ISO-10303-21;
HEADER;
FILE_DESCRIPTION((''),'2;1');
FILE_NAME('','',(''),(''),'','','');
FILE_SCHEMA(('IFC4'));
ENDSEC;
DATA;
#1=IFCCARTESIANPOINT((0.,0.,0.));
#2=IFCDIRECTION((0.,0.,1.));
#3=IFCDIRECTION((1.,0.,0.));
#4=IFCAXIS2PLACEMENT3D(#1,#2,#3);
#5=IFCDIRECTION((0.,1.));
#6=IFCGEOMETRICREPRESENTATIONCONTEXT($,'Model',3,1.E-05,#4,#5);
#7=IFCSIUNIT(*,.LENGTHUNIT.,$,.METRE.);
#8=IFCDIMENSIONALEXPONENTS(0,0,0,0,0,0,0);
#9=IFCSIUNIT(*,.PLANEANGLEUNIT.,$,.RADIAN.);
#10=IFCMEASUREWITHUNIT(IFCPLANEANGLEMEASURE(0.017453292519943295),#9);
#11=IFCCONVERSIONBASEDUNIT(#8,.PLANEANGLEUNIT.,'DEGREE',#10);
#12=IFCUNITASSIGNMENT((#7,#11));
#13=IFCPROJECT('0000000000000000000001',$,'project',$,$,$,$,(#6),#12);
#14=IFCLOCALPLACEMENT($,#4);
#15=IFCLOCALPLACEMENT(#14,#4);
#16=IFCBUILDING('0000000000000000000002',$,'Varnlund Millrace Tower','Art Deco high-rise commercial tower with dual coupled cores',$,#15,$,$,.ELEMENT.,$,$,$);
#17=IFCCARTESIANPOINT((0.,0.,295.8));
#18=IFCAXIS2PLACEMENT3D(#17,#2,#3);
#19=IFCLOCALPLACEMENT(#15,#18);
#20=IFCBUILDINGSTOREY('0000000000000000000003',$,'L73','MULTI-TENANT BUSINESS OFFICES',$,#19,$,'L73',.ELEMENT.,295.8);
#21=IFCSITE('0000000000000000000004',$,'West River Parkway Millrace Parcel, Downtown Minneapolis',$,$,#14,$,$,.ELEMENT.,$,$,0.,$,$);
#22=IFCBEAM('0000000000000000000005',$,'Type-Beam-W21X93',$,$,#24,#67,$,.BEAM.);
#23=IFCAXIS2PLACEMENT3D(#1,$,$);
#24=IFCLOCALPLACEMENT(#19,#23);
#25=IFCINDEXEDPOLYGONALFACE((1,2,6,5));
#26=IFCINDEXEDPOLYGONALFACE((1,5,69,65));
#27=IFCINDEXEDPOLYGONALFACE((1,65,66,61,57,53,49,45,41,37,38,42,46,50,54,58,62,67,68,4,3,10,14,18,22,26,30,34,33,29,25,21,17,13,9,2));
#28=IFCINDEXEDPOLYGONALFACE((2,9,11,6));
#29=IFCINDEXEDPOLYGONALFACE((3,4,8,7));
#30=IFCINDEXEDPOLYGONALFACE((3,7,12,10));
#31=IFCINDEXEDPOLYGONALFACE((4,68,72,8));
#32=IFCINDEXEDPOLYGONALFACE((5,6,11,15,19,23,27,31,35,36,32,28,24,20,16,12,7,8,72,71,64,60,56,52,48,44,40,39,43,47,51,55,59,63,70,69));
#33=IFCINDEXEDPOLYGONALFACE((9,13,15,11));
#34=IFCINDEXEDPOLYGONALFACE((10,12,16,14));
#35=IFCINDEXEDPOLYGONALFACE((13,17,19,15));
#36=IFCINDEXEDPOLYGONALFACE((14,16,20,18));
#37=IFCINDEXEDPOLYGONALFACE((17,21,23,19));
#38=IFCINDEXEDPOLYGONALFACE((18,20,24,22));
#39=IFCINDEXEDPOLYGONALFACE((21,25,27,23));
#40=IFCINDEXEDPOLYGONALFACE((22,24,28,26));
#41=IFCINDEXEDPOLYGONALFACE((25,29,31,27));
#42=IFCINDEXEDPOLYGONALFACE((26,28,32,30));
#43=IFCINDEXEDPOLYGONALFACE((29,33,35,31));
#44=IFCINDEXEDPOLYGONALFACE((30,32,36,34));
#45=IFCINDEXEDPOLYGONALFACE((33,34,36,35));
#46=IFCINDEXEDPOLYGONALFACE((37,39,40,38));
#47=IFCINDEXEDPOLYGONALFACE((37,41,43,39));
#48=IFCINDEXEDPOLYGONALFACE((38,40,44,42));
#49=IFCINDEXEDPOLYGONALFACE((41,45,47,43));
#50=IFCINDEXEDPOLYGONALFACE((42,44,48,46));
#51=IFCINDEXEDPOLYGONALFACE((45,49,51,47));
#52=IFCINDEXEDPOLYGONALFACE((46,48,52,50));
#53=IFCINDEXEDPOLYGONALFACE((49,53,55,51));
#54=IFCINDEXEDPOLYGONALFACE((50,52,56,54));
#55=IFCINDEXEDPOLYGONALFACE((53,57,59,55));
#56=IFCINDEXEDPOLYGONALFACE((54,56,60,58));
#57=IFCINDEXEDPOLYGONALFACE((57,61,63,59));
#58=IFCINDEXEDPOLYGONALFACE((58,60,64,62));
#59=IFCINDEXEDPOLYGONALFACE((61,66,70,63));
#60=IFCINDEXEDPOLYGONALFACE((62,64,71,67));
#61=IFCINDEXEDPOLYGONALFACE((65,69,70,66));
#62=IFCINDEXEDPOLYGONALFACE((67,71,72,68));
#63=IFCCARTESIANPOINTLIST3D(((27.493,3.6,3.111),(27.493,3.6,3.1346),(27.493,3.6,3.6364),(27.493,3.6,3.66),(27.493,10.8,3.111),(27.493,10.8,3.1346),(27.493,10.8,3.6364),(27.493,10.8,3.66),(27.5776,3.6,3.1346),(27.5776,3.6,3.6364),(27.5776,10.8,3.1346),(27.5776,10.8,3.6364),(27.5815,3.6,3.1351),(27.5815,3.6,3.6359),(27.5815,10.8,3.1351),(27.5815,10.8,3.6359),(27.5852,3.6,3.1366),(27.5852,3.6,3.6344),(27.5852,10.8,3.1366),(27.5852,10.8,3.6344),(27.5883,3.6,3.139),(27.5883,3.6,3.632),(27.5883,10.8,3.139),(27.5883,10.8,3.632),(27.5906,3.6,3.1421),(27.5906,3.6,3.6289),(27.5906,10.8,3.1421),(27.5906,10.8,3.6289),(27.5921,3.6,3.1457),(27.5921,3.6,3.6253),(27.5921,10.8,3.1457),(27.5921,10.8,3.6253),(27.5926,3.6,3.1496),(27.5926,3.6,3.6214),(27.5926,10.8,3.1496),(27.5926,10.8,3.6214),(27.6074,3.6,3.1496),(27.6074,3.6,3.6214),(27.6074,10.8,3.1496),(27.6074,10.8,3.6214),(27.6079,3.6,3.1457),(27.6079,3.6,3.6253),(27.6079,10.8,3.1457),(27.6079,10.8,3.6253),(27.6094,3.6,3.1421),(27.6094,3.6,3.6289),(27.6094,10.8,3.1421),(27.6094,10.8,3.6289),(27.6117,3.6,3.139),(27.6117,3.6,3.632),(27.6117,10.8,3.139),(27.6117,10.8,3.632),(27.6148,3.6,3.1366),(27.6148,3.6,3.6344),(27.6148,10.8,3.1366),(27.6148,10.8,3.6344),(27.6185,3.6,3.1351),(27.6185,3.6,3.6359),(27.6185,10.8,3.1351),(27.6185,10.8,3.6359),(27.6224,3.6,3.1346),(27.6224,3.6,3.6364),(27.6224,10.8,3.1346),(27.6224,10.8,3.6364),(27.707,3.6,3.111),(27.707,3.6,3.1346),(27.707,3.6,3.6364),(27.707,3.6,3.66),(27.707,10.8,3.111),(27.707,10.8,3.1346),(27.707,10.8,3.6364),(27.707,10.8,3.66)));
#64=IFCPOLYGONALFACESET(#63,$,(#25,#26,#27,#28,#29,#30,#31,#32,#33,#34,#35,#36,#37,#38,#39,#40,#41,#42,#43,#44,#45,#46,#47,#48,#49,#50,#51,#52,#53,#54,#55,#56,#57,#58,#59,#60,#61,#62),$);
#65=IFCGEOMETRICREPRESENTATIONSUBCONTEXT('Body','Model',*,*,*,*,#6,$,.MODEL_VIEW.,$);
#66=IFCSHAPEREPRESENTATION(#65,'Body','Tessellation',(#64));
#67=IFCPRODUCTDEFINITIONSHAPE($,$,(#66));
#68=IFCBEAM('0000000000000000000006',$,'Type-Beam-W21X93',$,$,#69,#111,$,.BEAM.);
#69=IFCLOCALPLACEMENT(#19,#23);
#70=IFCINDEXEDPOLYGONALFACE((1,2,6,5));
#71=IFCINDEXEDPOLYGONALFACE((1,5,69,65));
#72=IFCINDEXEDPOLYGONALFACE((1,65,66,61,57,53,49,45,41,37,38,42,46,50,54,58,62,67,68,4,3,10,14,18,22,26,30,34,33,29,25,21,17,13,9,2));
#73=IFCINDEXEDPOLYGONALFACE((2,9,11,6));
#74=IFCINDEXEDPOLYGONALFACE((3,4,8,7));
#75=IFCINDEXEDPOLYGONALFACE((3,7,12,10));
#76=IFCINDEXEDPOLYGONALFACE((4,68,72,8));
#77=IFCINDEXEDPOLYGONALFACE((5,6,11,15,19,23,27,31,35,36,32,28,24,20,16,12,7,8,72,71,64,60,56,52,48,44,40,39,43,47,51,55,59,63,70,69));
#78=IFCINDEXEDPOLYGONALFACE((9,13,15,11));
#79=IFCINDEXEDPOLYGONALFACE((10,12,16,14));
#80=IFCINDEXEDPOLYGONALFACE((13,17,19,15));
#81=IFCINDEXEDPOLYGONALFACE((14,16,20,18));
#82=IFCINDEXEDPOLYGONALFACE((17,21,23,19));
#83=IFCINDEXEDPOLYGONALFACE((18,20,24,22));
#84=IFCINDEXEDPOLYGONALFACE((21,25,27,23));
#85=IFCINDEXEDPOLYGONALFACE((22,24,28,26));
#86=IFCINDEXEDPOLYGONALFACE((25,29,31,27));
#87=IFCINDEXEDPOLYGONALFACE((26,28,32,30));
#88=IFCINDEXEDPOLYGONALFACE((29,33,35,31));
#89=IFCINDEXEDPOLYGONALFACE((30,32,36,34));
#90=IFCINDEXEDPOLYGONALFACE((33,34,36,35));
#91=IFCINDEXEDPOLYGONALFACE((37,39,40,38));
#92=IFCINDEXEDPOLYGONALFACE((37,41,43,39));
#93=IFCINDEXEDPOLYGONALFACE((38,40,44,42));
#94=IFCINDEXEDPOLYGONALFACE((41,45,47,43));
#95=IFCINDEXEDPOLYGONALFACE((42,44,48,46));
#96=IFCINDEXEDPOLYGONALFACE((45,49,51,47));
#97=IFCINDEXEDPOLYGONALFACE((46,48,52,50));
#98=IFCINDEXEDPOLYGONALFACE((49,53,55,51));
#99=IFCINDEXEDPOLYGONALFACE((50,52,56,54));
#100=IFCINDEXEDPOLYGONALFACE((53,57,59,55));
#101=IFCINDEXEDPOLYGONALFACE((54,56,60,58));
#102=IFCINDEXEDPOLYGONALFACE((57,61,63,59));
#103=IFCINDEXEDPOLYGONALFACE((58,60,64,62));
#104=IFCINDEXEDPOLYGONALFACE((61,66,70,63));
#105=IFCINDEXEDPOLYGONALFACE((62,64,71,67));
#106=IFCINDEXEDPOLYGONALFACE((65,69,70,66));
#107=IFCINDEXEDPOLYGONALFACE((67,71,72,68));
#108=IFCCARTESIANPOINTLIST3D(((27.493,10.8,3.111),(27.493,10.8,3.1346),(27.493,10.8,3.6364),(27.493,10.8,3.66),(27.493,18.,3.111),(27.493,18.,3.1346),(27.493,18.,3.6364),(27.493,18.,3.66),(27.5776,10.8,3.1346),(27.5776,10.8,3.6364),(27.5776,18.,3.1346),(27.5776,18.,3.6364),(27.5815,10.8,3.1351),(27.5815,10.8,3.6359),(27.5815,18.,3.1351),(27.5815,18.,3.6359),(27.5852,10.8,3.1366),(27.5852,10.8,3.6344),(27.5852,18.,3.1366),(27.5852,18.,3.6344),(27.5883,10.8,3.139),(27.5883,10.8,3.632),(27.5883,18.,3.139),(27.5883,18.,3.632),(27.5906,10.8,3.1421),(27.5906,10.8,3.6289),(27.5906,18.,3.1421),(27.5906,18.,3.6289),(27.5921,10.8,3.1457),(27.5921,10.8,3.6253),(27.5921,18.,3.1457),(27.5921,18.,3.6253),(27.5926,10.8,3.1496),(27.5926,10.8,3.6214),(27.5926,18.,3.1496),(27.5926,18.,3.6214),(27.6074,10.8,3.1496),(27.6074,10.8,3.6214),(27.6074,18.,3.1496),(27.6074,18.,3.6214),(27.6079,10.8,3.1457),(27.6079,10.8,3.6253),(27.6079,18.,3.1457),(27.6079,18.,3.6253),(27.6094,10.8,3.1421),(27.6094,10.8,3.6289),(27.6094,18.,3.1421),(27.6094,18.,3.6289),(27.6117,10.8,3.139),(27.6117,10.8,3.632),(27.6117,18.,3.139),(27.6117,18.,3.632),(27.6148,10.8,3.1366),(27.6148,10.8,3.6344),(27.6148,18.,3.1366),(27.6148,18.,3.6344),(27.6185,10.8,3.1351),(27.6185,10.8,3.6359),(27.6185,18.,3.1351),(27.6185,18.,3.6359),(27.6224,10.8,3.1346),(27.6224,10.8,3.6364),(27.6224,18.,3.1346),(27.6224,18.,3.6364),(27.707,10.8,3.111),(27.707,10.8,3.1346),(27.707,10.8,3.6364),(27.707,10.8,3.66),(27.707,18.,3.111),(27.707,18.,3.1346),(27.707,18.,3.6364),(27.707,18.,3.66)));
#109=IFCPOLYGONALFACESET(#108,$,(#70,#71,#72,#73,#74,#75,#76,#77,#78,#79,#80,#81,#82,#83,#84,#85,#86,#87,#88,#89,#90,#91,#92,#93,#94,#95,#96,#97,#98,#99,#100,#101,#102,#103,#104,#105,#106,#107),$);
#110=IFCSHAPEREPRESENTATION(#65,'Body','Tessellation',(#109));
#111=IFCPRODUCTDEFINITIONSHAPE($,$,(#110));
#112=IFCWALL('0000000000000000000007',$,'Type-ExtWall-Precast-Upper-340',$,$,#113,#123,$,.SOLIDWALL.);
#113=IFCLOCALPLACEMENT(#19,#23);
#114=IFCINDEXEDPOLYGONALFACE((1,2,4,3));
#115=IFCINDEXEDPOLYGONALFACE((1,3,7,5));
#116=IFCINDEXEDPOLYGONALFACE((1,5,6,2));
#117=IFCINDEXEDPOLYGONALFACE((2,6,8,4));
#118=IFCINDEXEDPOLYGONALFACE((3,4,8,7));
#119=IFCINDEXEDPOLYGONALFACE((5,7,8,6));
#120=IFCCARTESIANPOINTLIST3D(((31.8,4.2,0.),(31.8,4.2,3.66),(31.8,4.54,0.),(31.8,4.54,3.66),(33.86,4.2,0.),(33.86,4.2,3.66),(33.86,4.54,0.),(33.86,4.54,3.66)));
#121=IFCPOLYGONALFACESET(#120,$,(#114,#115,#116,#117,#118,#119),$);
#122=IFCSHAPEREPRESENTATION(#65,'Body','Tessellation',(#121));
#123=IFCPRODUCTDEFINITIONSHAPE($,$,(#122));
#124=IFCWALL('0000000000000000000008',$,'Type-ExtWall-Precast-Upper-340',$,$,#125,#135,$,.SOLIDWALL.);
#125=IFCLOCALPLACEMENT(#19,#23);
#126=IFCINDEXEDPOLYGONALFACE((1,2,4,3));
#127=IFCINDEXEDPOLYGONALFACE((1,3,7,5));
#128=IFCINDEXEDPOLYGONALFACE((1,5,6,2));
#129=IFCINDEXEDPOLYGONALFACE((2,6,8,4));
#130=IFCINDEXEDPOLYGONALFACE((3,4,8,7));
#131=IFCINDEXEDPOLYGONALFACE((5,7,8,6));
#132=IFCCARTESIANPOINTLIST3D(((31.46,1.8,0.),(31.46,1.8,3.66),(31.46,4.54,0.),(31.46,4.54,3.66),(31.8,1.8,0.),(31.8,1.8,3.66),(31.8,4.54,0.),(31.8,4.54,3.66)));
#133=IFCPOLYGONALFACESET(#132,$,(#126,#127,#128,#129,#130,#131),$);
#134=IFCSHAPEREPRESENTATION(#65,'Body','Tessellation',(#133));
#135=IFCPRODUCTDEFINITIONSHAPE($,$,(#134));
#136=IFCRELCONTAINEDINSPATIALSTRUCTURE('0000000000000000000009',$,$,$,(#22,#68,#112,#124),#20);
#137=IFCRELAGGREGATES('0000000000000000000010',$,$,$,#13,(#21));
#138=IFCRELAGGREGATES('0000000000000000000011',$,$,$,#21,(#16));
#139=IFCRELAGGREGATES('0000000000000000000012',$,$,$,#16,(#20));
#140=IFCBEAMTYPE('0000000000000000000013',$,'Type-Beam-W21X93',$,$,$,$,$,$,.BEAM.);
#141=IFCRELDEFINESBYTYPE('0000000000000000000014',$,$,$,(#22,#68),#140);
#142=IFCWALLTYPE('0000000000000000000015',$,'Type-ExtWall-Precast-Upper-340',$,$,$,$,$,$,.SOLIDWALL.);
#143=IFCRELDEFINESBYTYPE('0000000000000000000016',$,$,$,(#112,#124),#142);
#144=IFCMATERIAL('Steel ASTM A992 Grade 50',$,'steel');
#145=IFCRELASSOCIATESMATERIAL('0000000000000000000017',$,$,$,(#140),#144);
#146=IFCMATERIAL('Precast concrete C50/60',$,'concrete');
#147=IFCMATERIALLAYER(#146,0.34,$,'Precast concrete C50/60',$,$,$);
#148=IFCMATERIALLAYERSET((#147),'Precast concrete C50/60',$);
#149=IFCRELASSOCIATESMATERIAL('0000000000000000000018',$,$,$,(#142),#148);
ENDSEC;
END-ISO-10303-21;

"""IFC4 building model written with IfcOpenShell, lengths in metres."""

from ifc_helpers import new_model, entity, si_unit, converted_unit, direction, frame, origin_with_axes, origin_2d_with_axis, place, context, subcontext, project, spatial, polyline, i_section, outline, extrude, material, layer, layer_set, material_profile, profile_set, type_object, element, save


model = new_model("IFC4")

# Units and contexts
model_context = context("Model", 3, precision=1e-05, world=origin_with_axes(), true_north=direction((0.0, 1.0)))
body_context = subcontext(model_context, "Body", "Model", "MODEL_VIEW")
ifc_project = project(units=[si_unit("LENGTHUNIT", "METRE"), converted_unit("PLANEANGLEUNIT", "DEGREE", entity("IfcPlaneAngleMeasure", 0.017453292519943295), si_unit("PLANEANGLEUNIT", "RADIAN"), dimensions=[0, 0, 0, 0, 0, 0, 0])], contexts=[model_context])

# Site, building, storey
site_placement = place(None, origin_with_axes())
site = spatial("IfcSite", under=ifc_project, at=site_placement, Name="West River Parkway Millrace Parcel, Downtown Minneapolis", CompositionType="ELEMENT", RefElevation=0.0)
building_placement = place(site_placement, origin_with_axes())
building = spatial("IfcBuilding", under=site, at=building_placement, Name="Varnlund Millrace Tower", Description="Art Deco high-rise commercial tower with dual coupled cores", CompositionType="ELEMENT")
storey_placement = place(building_placement, frame((0.0, 0.0, 295.8), z_axis=(0.0, 0.0, 1.0), x_axis=(1.0, 0.0, 0.0)))
storey = spatial("IfcBuildingStorey", under=building, at=storey_placement, Name="L73", Description="MULTI-TENANT BUSINESS OFFICES", LongName="L73", CompositionType="ELEMENT", Elevation=295.8)

# Beams
ifc_material_1 = material(Name="Steel ASTM A992 Grade 50", Category="steel")
ifc_material_profile = material_profile(ifc_material_1, i_section(OverallWidth=0.214, OverallDepth=0.549, WebThickness=0.0147, FlangeThickness=0.0236, FilletRadius=0.015, at=origin_2d_with_axis()), Name="Steel ASTM A992 Grade 50")
ifc_profile_set = profile_set([ifc_material_profile], Name="Steel ASTM A992 Grade 50")
beam_type = type_object("IfcBeamType", Name="Type-Beam-W21X93", PredefinedType="BEAM", material=ifc_profile_set)
for number, where, z_axis, x_axis, name in (
    (1, (27.6, 3.6, 3.3855), (0.0, 1.0, 0.0), (-1.0, 0.0, 0.0), "Type-Beam-W21X93"),
    (2, (27.6, 10.8, 3.3855), (0.0, 1.0, 0.0), (-1.0, 0.0, 0.0), "Type-Beam-W21X93"),
):
    element("IfcBeam", number, at=place(storey_placement, frame(where, z_axis=z_axis, x_axis=x_axis)), inside=storey, type_object=beam_type, Name=name, PredefinedType="BEAM", context=body_context, shape_type="SweptSolid", body=[
        extrude(i_section(OverallWidth=0.214, OverallDepth=0.549, WebThickness=0.0147, FlangeThickness=0.0236, FilletRadius=0.015, at=origin_2d_with_axis()), origin_with_axes(), (0.0, 0.0, 1.0), 7.2),
    ])

# Walls
ifc_material_2 = material(Name="Precast concrete C50/60", Category="concrete")
ifc_layer_1 = layer(ifc_material_2, 0.34, Name="Precast concrete C50/60")
ifc_layer_set_1 = layer_set([ifc_layer_1], Name="Precast concrete C50/60")
wall_type_1 = type_object("IfcWallType", Name="Type-ExtWall-Precast-Upper-340", PredefinedType="SOLIDWALL", material=ifc_layer_set_1)
wall_1_placement = place(storey_placement, frame((33.86, 4.37, 0.0), z_axis=(0.0, 0.0, 1.0), x_axis=(-1.0, 0.0, 0.0)))
element("IfcWall", 3, at=wall_1_placement, inside=storey, type_object=wall_type_1, Name="Type-ExtWall-Precast-Upper-340", PredefinedType="SOLIDWALL", context=body_context, shape_type="SweptSolid", body=[
    extrude(outline(polyline([(0.0, -0.17), (2.06, -0.17), (2.06, 0.17), (0.0, 0.17), (0.0, -0.17)])), origin_with_axes(), (0.0, 0.0, 1.0), 3.66),
])
wall_2_placement = place(storey_placement, frame((31.63, 4.54, 0.0), z_axis=(0.0, 0.0, 1.0), x_axis=(0.0, -1.0, 0.0)))
element("IfcWall", 4, at=wall_2_placement, inside=storey, type_object=wall_type_1, Name="Type-ExtWall-Precast-Upper-340", PredefinedType="SOLIDWALL", context=body_context, shape_type="SweptSolid", body=[
    extrude(outline(polyline([(0.0, -0.17), (2.74, -0.17), (2.74, 0.17), (0.0, 0.17), (0.0, -0.17)])), origin_with_axes(), (0.0, 0.0, 1.0), 3.66),
])

save(model, "model.ifc")
